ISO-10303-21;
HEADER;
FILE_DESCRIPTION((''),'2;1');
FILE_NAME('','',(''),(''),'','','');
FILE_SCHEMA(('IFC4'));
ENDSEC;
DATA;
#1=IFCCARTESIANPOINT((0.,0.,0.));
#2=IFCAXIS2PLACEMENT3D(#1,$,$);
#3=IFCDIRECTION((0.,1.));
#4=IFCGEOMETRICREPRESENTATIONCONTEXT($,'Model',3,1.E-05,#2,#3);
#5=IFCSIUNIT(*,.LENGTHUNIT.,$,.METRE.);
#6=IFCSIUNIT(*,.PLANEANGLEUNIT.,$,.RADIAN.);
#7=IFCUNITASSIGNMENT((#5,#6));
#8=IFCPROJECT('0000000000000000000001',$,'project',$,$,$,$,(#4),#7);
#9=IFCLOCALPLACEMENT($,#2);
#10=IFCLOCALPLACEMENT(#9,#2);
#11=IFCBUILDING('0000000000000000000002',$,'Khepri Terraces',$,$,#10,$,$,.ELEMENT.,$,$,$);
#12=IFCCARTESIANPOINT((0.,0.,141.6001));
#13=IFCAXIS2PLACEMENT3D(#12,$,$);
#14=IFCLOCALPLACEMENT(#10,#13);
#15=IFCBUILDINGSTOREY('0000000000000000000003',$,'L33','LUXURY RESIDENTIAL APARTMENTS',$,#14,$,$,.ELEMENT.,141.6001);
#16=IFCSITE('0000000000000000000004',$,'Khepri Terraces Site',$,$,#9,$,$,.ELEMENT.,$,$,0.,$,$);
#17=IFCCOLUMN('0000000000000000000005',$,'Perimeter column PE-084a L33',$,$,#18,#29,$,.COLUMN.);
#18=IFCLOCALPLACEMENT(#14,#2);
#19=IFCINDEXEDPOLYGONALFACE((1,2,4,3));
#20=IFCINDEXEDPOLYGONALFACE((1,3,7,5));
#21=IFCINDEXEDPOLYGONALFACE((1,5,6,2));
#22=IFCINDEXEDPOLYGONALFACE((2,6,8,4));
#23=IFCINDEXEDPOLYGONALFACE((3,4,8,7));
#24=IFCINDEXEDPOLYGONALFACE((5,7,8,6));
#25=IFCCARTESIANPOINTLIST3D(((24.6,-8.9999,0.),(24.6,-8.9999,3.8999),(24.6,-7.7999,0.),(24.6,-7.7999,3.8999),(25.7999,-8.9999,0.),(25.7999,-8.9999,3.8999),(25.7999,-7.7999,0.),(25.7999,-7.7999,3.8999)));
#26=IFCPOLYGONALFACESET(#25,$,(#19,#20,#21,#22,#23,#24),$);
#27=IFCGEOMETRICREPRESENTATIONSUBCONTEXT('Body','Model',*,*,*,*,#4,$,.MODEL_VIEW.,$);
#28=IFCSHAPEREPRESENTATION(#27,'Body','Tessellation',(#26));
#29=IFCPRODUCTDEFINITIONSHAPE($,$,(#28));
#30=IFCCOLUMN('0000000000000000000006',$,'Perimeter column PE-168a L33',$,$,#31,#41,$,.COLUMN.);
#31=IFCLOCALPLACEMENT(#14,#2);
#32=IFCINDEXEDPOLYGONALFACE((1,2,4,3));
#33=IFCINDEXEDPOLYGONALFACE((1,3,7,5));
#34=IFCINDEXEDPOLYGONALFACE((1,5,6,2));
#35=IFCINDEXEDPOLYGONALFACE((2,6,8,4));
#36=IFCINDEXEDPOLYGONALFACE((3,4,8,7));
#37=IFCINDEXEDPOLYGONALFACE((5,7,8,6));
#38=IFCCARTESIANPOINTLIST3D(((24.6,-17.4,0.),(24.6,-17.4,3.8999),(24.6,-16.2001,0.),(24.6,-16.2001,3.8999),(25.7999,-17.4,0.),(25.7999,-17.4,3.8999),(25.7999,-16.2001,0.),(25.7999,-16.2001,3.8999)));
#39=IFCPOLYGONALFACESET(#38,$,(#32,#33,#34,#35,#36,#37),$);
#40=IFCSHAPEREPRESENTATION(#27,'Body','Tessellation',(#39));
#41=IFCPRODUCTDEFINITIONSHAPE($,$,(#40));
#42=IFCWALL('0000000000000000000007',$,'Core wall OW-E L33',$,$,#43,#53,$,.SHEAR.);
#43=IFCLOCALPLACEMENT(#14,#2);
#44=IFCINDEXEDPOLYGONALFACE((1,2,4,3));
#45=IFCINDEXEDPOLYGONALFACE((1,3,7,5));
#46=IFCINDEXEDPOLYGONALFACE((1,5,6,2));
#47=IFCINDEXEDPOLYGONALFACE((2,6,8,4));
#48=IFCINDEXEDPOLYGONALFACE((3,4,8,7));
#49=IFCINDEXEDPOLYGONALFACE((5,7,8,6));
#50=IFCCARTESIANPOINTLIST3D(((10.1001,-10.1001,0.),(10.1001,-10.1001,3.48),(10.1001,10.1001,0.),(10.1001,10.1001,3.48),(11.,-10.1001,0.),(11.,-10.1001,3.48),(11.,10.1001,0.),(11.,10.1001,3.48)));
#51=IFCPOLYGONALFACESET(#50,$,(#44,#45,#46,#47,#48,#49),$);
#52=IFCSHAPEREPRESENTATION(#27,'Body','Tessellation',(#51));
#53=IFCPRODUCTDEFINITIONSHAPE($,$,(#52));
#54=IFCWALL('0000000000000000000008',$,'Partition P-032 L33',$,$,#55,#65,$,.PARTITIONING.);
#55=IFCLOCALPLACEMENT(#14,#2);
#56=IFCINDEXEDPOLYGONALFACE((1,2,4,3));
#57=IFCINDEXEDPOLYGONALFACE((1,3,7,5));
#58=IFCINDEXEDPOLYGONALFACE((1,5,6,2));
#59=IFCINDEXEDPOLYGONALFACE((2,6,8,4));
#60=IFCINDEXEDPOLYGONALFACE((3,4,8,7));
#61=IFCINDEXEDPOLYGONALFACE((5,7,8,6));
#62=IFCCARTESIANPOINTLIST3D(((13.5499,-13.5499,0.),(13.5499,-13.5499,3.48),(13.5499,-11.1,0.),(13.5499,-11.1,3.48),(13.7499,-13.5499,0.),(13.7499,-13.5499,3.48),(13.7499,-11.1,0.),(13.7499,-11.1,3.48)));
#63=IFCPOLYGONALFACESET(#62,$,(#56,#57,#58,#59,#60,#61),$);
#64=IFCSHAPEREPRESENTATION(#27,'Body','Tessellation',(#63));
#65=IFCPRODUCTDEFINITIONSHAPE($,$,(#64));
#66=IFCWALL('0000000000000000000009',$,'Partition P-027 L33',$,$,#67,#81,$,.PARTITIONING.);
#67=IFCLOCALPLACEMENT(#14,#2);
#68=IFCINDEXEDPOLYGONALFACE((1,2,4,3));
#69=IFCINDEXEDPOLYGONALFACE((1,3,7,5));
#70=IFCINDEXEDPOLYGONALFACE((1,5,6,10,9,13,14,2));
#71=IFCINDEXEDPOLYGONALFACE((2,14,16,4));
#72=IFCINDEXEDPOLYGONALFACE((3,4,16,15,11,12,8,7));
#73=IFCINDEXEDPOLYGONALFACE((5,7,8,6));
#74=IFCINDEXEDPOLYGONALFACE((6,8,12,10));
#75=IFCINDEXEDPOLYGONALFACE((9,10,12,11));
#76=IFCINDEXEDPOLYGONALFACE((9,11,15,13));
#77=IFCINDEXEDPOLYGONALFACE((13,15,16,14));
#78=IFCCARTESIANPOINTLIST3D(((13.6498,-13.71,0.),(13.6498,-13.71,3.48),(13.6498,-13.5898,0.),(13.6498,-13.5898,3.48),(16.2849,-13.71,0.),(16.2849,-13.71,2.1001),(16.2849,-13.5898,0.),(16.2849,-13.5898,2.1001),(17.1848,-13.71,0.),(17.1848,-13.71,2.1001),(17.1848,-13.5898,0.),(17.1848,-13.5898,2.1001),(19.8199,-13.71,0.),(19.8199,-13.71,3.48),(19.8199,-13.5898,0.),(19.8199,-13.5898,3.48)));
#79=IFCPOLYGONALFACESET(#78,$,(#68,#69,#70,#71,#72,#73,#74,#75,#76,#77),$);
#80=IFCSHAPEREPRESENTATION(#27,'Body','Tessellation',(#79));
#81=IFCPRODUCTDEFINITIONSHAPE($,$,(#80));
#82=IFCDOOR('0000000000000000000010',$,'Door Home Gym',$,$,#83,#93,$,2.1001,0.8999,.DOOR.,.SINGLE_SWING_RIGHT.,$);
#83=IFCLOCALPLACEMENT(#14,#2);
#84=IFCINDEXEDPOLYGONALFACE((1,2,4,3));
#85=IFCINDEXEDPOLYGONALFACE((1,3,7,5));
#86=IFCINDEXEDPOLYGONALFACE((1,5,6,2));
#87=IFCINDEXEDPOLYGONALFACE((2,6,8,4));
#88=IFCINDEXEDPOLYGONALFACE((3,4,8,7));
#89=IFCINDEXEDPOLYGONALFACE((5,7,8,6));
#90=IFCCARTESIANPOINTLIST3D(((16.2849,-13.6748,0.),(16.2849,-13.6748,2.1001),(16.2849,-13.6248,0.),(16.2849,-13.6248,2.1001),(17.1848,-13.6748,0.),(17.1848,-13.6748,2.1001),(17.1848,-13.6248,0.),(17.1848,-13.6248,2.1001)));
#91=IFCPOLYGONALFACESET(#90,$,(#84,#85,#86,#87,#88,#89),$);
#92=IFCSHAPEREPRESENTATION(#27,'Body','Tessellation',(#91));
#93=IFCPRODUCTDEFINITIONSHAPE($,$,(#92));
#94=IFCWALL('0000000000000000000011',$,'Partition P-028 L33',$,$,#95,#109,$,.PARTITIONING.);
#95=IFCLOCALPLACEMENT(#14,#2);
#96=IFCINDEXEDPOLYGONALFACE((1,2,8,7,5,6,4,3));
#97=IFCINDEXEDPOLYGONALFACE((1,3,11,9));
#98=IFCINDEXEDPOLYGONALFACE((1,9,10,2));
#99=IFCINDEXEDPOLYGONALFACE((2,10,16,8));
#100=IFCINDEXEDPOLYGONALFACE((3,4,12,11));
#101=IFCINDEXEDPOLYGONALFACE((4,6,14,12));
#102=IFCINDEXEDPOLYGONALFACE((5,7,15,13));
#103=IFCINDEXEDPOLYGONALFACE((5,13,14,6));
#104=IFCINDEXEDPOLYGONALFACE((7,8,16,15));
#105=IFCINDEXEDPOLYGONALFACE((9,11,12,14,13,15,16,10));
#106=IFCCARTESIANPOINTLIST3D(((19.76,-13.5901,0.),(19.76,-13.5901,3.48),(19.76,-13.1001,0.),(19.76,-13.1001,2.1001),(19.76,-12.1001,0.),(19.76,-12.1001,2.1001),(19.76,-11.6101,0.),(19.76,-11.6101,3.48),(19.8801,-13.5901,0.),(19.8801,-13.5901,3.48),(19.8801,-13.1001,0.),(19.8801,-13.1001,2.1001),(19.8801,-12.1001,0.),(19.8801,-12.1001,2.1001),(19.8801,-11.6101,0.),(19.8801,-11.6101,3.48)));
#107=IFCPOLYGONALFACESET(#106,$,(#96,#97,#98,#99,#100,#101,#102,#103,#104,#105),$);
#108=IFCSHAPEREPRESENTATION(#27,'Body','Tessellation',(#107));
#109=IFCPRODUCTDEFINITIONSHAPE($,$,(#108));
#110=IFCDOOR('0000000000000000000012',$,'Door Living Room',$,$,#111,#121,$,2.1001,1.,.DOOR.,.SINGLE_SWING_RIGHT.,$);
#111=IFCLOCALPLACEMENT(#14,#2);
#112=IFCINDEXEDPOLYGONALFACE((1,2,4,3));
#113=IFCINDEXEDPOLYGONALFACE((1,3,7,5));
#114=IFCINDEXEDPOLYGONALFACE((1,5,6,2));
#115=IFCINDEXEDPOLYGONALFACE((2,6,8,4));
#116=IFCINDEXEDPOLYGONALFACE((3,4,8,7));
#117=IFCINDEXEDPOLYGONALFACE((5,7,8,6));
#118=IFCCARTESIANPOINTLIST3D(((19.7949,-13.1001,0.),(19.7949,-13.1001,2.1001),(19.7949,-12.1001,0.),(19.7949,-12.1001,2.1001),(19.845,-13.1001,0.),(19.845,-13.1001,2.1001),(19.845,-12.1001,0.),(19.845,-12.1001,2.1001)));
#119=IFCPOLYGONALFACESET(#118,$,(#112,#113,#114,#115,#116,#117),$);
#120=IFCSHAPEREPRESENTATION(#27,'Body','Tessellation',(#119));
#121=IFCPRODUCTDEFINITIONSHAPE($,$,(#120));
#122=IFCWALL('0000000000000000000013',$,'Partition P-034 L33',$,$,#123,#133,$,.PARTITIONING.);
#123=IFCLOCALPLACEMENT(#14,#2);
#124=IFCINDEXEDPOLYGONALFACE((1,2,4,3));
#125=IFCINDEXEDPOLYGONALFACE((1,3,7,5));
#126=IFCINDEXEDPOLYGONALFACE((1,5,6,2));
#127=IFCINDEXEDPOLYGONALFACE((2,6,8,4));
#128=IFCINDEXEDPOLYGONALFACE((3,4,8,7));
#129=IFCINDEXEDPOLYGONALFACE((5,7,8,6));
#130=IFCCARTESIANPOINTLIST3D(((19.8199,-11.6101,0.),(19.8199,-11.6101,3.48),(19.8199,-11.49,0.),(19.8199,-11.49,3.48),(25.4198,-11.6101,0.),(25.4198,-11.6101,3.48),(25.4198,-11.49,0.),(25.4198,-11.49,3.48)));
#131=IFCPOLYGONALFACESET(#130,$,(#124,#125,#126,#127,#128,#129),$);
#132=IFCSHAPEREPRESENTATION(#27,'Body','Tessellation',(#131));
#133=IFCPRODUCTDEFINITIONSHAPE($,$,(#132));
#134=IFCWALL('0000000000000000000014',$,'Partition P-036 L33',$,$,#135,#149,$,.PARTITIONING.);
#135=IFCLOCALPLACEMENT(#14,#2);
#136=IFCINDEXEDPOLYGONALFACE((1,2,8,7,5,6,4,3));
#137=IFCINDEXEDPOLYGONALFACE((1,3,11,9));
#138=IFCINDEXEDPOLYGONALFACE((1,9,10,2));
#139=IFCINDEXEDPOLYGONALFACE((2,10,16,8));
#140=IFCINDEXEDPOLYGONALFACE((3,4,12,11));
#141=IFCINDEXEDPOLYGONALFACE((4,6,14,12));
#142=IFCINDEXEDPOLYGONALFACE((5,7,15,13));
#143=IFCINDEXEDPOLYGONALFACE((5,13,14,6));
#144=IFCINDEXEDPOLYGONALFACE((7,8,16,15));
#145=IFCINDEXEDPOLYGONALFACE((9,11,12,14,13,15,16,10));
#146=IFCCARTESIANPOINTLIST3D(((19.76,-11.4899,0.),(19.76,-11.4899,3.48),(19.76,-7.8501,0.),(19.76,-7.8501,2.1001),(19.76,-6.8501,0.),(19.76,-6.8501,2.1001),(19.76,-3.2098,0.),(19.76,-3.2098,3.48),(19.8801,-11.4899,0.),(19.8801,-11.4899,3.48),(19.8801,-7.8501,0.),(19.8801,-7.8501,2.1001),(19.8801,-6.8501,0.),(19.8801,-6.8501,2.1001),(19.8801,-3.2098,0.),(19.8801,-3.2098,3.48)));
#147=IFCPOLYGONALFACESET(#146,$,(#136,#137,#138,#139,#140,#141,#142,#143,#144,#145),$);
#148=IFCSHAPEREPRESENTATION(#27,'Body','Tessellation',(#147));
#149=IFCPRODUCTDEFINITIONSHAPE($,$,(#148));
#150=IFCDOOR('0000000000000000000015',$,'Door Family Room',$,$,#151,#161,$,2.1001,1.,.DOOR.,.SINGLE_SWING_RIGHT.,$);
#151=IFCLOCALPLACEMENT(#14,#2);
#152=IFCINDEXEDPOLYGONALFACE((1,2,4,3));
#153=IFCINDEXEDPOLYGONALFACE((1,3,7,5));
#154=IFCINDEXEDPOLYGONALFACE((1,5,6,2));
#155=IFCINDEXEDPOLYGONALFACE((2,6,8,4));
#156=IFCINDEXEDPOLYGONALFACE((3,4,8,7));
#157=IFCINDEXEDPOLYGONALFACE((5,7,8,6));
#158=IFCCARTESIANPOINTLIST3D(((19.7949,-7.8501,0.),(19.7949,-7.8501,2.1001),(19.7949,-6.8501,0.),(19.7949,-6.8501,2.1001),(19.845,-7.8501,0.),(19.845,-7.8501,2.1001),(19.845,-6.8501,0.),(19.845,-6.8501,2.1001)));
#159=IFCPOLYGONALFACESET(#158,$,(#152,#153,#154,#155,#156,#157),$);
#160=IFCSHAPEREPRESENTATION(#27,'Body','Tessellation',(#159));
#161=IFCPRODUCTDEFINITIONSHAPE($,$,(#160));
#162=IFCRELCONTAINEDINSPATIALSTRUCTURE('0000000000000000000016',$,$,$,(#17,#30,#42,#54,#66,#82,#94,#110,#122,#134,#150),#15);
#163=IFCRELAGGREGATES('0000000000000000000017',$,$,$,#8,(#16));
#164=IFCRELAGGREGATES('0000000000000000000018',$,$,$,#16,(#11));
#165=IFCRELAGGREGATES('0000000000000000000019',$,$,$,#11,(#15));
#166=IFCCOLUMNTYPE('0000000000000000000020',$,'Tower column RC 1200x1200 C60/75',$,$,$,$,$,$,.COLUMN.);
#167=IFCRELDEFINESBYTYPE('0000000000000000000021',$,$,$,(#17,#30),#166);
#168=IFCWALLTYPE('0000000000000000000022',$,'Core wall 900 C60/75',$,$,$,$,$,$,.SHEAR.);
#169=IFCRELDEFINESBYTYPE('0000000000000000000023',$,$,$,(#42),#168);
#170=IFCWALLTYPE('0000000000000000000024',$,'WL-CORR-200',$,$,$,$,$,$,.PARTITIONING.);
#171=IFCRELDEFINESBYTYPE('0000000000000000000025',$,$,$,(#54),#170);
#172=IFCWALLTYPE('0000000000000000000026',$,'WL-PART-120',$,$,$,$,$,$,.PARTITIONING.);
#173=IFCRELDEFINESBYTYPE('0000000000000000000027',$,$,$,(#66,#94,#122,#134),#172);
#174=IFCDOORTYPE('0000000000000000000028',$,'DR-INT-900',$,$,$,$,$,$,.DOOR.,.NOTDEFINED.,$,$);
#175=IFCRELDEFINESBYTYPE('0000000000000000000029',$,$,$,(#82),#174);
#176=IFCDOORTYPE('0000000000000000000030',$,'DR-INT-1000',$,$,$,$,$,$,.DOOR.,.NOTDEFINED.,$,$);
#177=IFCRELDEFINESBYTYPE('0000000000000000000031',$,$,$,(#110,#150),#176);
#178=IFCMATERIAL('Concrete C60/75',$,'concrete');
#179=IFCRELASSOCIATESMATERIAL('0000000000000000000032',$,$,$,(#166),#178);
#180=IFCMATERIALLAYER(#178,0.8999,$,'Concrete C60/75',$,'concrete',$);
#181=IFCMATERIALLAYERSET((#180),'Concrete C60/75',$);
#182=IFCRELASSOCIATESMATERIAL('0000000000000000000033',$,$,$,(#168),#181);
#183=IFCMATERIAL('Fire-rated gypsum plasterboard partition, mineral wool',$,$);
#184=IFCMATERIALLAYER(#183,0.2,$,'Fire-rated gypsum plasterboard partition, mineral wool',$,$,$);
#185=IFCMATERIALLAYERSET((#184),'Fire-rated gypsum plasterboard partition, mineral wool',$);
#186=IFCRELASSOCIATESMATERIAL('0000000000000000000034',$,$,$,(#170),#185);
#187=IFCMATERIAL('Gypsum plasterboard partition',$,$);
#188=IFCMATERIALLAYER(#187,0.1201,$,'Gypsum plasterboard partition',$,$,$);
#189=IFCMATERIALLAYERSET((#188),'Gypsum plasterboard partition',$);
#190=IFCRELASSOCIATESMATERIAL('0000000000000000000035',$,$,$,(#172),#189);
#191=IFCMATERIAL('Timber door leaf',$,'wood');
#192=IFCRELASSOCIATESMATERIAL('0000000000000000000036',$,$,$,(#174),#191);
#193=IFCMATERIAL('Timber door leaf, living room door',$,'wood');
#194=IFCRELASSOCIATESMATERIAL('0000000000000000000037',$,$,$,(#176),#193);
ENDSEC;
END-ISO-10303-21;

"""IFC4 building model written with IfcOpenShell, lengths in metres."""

from ifc_helpers import new_model, si_unit, direction, frame, frame_2d, origin, origin_2d, place, context, subcontext, project, spatial, rectangle, extrude, material, layer, layer_set, material_profile, profile_set, type_object, element, fill, save


model = new_model("IFC4")

# Units and contexts
model_context = context("Model", 3, precision=1e-05, world=origin(), true_north=direction((0.0, 1.0)))
body_context = subcontext(model_context, "Body", "Model", "MODEL_VIEW")
ifc_project = project(units=[si_unit("LENGTHUNIT", "METRE"), si_unit("PLANEANGLEUNIT", "RADIAN")], contexts=[model_context])

# Site, building, storey
site_placement = place(None, origin())
site = spatial("IfcSite", under=ifc_project, at=site_placement, Name="Khepri Terraces Site", CompositionType="ELEMENT", RefElevation=0.0)
building_placement = place(site_placement, origin())
building = spatial("IfcBuilding", under=site, at=building_placement, Name="Khepri Terraces", CompositionType="ELEMENT")
storey_placement = place(building_placement, frame((0.0, 0.0, 141.6001)))
storey = spatial("IfcBuildingStorey", under=building, at=storey_placement, Name="L33", Description="LUXURY RESIDENTIAL APARTMENTS", CompositionType="ELEMENT", Elevation=141.6001)

# Columns
ifc_material_1 = material(Name="Concrete C60/75", Category="concrete")
ifc_material_profile = material_profile(ifc_material_1, rectangle(XDim=1.2, YDim=1.2, at=origin_2d()), Name="Concrete C60/75", Category="concrete")
ifc_profile_set = profile_set([ifc_material_profile], Name="Concrete C60/75")
column_type = type_object("IfcColumnType", Name="Tower column RC 1200x1200 C60/75", PredefinedType="COLUMN", material=ifc_profile_set)
for number, where, z_axis, x_axis, name in (
    (1, (25.2, -8.3999, 0.0), (0.0, 0.0, 1.0), (1.0, 0.0, 0.0), "Perimeter column PE-084a L33"),
    (2, (25.2, -16.8, 0.0), (0.0, 0.0, 1.0), (1.0, 0.0, 0.0), "Perimeter column PE-168a L33"),
):
    element("IfcColumn", number, at=place(storey_placement, frame(where, z_axis=z_axis, x_axis=x_axis)), inside=storey, type_object=column_type, Name=name, PredefinedType="COLUMN", context=body_context, shape_type="SweptSolid", body=[
        extrude(rectangle(XDim=1.2, YDim=1.2, at=origin_2d()), origin(), (0.0, 0.0, 1.0), 3.8999),
    ])

# Walls
ifc_layer_1 = layer(ifc_material_1, 0.8999, Name="Concrete C60/75", Category="concrete")
ifc_layer_set_1 = layer_set([ifc_layer_1], Name="Concrete C60/75")
wall_type_1 = type_object("IfcWallType", Name="Core wall 900 C60/75", PredefinedType="SHEAR", material=ifc_layer_set_1)
wall_1_placement = place(storey_placement, frame((10.55, -10.1001, 0.0), z_axis=(0.0, 0.0, 1.0), x_axis=(0.0, 1.0, 0.0)))
element("IfcWall", 3, at=wall_1_placement, inside=storey, type_object=wall_type_1, Name="Core wall OW-E L33", PredefinedType="SHEAR", context=body_context, shape_type="SweptSolid", body=[
    extrude(rectangle(XDim=20.2002, YDim=0.8999, at=frame_2d((10.1001, 0.0))), origin(), (0.0, 0.0, 1.0), 3.48),
])
ifc_material_2 = material(Name="Fire-rated gypsum plasterboard partition, mineral wool")
ifc_layer_2 = layer(ifc_material_2, 0.2, Name="Fire-rated gypsum plasterboard partition, mineral wool")
ifc_layer_set_2 = layer_set([ifc_layer_2], Name="Fire-rated gypsum plasterboard partition, mineral wool")
wall_type_2 = type_object("IfcWallType", Name="WL-CORR-200", PredefinedType="PARTITIONING", material=ifc_layer_set_2)
wall_2_placement = place(storey_placement, frame((13.6499, -13.55, 0.0), z_axis=(0.0, 0.0, 1.0), x_axis=(0.0, 1.0, 0.0)))
element("IfcWall", 4, at=wall_2_placement, inside=storey, type_object=wall_type_2, Name="Partition P-032 L33", PredefinedType="PARTITIONING", context=body_context, shape_type="SweptSolid", body=[
    extrude(rectangle(XDim=2.45, YDim=0.2, at=frame_2d((1.2251, 0.0))), origin(), (0.0, 0.0, 1.0), 3.48),
])

# Walls, openings, doors
ifc_material_3 = material(Name="Gypsum plasterboard partition")
ifc_layer_3 = layer(ifc_material_3, 0.1201, Name="Gypsum plasterboard partition")
ifc_layer_set_3 = layer_set([ifc_layer_3], Name="Gypsum plasterboard partition")
wall_type_3 = type_object("IfcWallType", Name="WL-PART-120", PredefinedType="PARTITIONING", material=ifc_layer_set_3)
wall_3_placement = place(storey_placement, frame((13.6499, -13.6499, 0.0), z_axis=(0.0, 0.0, 1.0), x_axis=(1.0, 0.0, 0.0)))
wall_3 = element("IfcWall", 5, at=wall_3_placement, inside=storey, type_object=wall_type_3, Name="Partition P-027 L33", PredefinedType="PARTITIONING", context=body_context, shape_type="SweptSolid", body=[
    extrude(rectangle(XDim=6.1702, YDim=0.1201, at=frame_2d((3.085, 0.0))), origin(), (0.0, 0.0, 1.0), 3.48),
])
opening_1_placement = place(wall_3_placement, frame((2.635, 0.0, 0.0)))
opening_1 = element("IfcOpeningElement", 6, at=opening_1_placement, cuts=wall_3, PredefinedType="OPENING", context=body_context, shape_type="SweptSolid", body=[
    extrude(rectangle(XDim=0.8999, YDim=2.1001, at=frame_2d((0.45, 1.05))), frame((0.0, 0.0701, 0.0), z_axis=(0.0, -1.0, 0.0), x_axis=(1.0, 0.0, 0.0)), (0.0, 0.0, 1.0), 0.1401),
])
ifc_material_4 = material(Name="Timber door leaf", Category="wood")
door_type_1 = type_object("IfcDoorType", Name="DR-INT-900", OperationType="NOTDEFINED", PredefinedType="DOOR", material=ifc_material_4)
door_1_placement = place(opening_1_placement, frame((0.8999, 0.0, 0.0), z_axis=(0.0, 0.0, 1.0), x_axis=(-1.0, 0.0, 0.0)))
door_1 = element("IfcDoor", 7, at=door_1_placement, inside=storey, type_object=door_type_1, Name="Door Home Gym", OperationType="SINGLE_SWING_RIGHT", OverallHeight=2.1001, OverallWidth=0.8999, PredefinedType="DOOR", context=body_context, shape_type="SweptSolid", body=[
    extrude(rectangle(XDim=0.8999, YDim=2.1001, at=frame_2d((0.45, 1.05))), frame((0.0, 0.0249, 0.0), z_axis=(0.0, -1.0, 0.0), x_axis=(1.0, 0.0, 0.0)), (0.0, 0.0, 1.0), 0.05),
])
fill(opening_1, door_1)
wall_4_placement = place(storey_placement, frame((19.8201, -13.5901, 0.0), z_axis=(0.0, 0.0, 1.0), x_axis=(0.0, 1.0, 0.0)))
wall_4 = element("IfcWall", 8, at=wall_4_placement, inside=storey, type_object=wall_type_3, Name="Partition P-028 L33", PredefinedType="PARTITIONING", context=body_context, shape_type="SweptSolid", body=[
    extrude(rectangle(XDim=1.98, YDim=0.1201, at=frame_2d((0.99, 0.0))), origin(), (0.0, 0.0, 1.0), 3.48),
])
opening_2_placement = place(wall_4_placement, frame((0.49, 0.0, 0.0)))
opening_2 = element("IfcOpeningElement", 9, at=opening_2_placement, cuts=wall_4, PredefinedType="OPENING", context=body_context, shape_type="SweptSolid", body=[
    extrude(rectangle(XDim=1.0, YDim=2.1001, at=frame_2d((0.5, 1.05))), frame((0.0, 0.0701, 0.0), z_axis=(0.0, -1.0, 0.0), x_axis=(1.0, 0.0, 0.0)), (0.0, 0.0, 1.0), 0.1401),
])
ifc_material_5 = material(Name="Timber door leaf, living room door", Category="wood")
door_type_2 = type_object("IfcDoorType", Name="DR-INT-1000", OperationType="NOTDEFINED", PredefinedType="DOOR", material=ifc_material_5)
door_2_placement = place(opening_2_placement, frame((1.0, 0.0, 0.0), z_axis=(0.0, 0.0, 1.0), x_axis=(-1.0, 0.0, 0.0)))
door_2 = element("IfcDoor", 10, at=door_2_placement, inside=storey, type_object=door_type_2, Name="Door Living Room", OperationType="SINGLE_SWING_RIGHT", OverallHeight=2.1001, OverallWidth=1.0, PredefinedType="DOOR", context=body_context, shape_type="SweptSolid", body=[
    extrude(rectangle(XDim=1.0, YDim=2.1001, at=frame_2d((0.5, 1.05))), frame((0.0, 0.0249, 0.0), z_axis=(0.0, -1.0, 0.0), x_axis=(1.0, 0.0, 0.0)), (0.0, 0.0, 1.0), 0.05),
])
fill(opening_2, door_2)

# Wall
wall_5_placement = place(storey_placement, frame((19.8201, -11.55, 0.0), z_axis=(0.0, 0.0, 1.0), x_axis=(1.0, 0.0, 0.0)))
element("IfcWall", 11, at=wall_5_placement, inside=storey, type_object=wall_type_3, Name="Partition P-034 L33", PredefinedType="PARTITIONING", context=body_context, shape_type="SweptSolid", body=[
    extrude(rectangle(XDim=5.5999, YDim=0.1201, at=frame_2d((2.7998, 0.0))), origin(), (0.0, 0.0, 1.0), 3.48),
])

# Wall, opening, door
wall_6_placement = place(storey_placement, frame((19.8201, -11.49, 0.0), z_axis=(0.0, 0.0, 1.0), x_axis=(0.0, 1.0, 0.0)))
wall_6 = element("IfcWall", 12, at=wall_6_placement, inside=storey, type_object=wall_type_3, Name="Partition P-036 L33", PredefinedType="PARTITIONING", context=body_context, shape_type="SweptSolid", body=[
    extrude(rectangle(XDim=8.28, YDim=0.1201, at=frame_2d((4.1401, 0.0))), origin(), (0.0, 0.0, 1.0), 3.48),
])
opening_3_placement = place(wall_6_placement, frame((3.6399, 0.0, 0.0)))
opening_3 = element("IfcOpeningElement", 13, at=opening_3_placement, cuts=wall_6, PredefinedType="OPENING", context=body_context, shape_type="SweptSolid", body=[
    extrude(rectangle(XDim=1.0, YDim=2.1001, at=frame_2d((0.5, 1.05))), frame((0.0, 0.0701, 0.0), z_axis=(0.0, -1.0, 0.0), x_axis=(1.0, 0.0, 0.0)), (0.0, 0.0, 1.0), 0.1401),
])
door_3_placement = place(opening_3_placement, frame((1.0, 0.0, 0.0), z_axis=(0.0, 0.0, 1.0), x_axis=(-1.0, 0.0, 0.0)))
door_3 = element("IfcDoor", 14, at=door_3_placement, inside=storey, type_object=door_type_2, Name="Door Family Room", OperationType="SINGLE_SWING_RIGHT", OverallHeight=2.1001, OverallWidth=1.0, PredefinedType="DOOR", context=body_context, shape_type="SweptSolid", body=[
    extrude(rectangle(XDim=1.0, YDim=2.1001, at=frame_2d((0.5, 1.05))), frame((0.0, 0.0249, 0.0), z_axis=(0.0, -1.0, 0.0), x_axis=(1.0, 0.0, 0.0)), (0.0, 0.0, 1.0), 0.05),
])
fill(opening_3, door_3)

save(model, "model.ifc")
